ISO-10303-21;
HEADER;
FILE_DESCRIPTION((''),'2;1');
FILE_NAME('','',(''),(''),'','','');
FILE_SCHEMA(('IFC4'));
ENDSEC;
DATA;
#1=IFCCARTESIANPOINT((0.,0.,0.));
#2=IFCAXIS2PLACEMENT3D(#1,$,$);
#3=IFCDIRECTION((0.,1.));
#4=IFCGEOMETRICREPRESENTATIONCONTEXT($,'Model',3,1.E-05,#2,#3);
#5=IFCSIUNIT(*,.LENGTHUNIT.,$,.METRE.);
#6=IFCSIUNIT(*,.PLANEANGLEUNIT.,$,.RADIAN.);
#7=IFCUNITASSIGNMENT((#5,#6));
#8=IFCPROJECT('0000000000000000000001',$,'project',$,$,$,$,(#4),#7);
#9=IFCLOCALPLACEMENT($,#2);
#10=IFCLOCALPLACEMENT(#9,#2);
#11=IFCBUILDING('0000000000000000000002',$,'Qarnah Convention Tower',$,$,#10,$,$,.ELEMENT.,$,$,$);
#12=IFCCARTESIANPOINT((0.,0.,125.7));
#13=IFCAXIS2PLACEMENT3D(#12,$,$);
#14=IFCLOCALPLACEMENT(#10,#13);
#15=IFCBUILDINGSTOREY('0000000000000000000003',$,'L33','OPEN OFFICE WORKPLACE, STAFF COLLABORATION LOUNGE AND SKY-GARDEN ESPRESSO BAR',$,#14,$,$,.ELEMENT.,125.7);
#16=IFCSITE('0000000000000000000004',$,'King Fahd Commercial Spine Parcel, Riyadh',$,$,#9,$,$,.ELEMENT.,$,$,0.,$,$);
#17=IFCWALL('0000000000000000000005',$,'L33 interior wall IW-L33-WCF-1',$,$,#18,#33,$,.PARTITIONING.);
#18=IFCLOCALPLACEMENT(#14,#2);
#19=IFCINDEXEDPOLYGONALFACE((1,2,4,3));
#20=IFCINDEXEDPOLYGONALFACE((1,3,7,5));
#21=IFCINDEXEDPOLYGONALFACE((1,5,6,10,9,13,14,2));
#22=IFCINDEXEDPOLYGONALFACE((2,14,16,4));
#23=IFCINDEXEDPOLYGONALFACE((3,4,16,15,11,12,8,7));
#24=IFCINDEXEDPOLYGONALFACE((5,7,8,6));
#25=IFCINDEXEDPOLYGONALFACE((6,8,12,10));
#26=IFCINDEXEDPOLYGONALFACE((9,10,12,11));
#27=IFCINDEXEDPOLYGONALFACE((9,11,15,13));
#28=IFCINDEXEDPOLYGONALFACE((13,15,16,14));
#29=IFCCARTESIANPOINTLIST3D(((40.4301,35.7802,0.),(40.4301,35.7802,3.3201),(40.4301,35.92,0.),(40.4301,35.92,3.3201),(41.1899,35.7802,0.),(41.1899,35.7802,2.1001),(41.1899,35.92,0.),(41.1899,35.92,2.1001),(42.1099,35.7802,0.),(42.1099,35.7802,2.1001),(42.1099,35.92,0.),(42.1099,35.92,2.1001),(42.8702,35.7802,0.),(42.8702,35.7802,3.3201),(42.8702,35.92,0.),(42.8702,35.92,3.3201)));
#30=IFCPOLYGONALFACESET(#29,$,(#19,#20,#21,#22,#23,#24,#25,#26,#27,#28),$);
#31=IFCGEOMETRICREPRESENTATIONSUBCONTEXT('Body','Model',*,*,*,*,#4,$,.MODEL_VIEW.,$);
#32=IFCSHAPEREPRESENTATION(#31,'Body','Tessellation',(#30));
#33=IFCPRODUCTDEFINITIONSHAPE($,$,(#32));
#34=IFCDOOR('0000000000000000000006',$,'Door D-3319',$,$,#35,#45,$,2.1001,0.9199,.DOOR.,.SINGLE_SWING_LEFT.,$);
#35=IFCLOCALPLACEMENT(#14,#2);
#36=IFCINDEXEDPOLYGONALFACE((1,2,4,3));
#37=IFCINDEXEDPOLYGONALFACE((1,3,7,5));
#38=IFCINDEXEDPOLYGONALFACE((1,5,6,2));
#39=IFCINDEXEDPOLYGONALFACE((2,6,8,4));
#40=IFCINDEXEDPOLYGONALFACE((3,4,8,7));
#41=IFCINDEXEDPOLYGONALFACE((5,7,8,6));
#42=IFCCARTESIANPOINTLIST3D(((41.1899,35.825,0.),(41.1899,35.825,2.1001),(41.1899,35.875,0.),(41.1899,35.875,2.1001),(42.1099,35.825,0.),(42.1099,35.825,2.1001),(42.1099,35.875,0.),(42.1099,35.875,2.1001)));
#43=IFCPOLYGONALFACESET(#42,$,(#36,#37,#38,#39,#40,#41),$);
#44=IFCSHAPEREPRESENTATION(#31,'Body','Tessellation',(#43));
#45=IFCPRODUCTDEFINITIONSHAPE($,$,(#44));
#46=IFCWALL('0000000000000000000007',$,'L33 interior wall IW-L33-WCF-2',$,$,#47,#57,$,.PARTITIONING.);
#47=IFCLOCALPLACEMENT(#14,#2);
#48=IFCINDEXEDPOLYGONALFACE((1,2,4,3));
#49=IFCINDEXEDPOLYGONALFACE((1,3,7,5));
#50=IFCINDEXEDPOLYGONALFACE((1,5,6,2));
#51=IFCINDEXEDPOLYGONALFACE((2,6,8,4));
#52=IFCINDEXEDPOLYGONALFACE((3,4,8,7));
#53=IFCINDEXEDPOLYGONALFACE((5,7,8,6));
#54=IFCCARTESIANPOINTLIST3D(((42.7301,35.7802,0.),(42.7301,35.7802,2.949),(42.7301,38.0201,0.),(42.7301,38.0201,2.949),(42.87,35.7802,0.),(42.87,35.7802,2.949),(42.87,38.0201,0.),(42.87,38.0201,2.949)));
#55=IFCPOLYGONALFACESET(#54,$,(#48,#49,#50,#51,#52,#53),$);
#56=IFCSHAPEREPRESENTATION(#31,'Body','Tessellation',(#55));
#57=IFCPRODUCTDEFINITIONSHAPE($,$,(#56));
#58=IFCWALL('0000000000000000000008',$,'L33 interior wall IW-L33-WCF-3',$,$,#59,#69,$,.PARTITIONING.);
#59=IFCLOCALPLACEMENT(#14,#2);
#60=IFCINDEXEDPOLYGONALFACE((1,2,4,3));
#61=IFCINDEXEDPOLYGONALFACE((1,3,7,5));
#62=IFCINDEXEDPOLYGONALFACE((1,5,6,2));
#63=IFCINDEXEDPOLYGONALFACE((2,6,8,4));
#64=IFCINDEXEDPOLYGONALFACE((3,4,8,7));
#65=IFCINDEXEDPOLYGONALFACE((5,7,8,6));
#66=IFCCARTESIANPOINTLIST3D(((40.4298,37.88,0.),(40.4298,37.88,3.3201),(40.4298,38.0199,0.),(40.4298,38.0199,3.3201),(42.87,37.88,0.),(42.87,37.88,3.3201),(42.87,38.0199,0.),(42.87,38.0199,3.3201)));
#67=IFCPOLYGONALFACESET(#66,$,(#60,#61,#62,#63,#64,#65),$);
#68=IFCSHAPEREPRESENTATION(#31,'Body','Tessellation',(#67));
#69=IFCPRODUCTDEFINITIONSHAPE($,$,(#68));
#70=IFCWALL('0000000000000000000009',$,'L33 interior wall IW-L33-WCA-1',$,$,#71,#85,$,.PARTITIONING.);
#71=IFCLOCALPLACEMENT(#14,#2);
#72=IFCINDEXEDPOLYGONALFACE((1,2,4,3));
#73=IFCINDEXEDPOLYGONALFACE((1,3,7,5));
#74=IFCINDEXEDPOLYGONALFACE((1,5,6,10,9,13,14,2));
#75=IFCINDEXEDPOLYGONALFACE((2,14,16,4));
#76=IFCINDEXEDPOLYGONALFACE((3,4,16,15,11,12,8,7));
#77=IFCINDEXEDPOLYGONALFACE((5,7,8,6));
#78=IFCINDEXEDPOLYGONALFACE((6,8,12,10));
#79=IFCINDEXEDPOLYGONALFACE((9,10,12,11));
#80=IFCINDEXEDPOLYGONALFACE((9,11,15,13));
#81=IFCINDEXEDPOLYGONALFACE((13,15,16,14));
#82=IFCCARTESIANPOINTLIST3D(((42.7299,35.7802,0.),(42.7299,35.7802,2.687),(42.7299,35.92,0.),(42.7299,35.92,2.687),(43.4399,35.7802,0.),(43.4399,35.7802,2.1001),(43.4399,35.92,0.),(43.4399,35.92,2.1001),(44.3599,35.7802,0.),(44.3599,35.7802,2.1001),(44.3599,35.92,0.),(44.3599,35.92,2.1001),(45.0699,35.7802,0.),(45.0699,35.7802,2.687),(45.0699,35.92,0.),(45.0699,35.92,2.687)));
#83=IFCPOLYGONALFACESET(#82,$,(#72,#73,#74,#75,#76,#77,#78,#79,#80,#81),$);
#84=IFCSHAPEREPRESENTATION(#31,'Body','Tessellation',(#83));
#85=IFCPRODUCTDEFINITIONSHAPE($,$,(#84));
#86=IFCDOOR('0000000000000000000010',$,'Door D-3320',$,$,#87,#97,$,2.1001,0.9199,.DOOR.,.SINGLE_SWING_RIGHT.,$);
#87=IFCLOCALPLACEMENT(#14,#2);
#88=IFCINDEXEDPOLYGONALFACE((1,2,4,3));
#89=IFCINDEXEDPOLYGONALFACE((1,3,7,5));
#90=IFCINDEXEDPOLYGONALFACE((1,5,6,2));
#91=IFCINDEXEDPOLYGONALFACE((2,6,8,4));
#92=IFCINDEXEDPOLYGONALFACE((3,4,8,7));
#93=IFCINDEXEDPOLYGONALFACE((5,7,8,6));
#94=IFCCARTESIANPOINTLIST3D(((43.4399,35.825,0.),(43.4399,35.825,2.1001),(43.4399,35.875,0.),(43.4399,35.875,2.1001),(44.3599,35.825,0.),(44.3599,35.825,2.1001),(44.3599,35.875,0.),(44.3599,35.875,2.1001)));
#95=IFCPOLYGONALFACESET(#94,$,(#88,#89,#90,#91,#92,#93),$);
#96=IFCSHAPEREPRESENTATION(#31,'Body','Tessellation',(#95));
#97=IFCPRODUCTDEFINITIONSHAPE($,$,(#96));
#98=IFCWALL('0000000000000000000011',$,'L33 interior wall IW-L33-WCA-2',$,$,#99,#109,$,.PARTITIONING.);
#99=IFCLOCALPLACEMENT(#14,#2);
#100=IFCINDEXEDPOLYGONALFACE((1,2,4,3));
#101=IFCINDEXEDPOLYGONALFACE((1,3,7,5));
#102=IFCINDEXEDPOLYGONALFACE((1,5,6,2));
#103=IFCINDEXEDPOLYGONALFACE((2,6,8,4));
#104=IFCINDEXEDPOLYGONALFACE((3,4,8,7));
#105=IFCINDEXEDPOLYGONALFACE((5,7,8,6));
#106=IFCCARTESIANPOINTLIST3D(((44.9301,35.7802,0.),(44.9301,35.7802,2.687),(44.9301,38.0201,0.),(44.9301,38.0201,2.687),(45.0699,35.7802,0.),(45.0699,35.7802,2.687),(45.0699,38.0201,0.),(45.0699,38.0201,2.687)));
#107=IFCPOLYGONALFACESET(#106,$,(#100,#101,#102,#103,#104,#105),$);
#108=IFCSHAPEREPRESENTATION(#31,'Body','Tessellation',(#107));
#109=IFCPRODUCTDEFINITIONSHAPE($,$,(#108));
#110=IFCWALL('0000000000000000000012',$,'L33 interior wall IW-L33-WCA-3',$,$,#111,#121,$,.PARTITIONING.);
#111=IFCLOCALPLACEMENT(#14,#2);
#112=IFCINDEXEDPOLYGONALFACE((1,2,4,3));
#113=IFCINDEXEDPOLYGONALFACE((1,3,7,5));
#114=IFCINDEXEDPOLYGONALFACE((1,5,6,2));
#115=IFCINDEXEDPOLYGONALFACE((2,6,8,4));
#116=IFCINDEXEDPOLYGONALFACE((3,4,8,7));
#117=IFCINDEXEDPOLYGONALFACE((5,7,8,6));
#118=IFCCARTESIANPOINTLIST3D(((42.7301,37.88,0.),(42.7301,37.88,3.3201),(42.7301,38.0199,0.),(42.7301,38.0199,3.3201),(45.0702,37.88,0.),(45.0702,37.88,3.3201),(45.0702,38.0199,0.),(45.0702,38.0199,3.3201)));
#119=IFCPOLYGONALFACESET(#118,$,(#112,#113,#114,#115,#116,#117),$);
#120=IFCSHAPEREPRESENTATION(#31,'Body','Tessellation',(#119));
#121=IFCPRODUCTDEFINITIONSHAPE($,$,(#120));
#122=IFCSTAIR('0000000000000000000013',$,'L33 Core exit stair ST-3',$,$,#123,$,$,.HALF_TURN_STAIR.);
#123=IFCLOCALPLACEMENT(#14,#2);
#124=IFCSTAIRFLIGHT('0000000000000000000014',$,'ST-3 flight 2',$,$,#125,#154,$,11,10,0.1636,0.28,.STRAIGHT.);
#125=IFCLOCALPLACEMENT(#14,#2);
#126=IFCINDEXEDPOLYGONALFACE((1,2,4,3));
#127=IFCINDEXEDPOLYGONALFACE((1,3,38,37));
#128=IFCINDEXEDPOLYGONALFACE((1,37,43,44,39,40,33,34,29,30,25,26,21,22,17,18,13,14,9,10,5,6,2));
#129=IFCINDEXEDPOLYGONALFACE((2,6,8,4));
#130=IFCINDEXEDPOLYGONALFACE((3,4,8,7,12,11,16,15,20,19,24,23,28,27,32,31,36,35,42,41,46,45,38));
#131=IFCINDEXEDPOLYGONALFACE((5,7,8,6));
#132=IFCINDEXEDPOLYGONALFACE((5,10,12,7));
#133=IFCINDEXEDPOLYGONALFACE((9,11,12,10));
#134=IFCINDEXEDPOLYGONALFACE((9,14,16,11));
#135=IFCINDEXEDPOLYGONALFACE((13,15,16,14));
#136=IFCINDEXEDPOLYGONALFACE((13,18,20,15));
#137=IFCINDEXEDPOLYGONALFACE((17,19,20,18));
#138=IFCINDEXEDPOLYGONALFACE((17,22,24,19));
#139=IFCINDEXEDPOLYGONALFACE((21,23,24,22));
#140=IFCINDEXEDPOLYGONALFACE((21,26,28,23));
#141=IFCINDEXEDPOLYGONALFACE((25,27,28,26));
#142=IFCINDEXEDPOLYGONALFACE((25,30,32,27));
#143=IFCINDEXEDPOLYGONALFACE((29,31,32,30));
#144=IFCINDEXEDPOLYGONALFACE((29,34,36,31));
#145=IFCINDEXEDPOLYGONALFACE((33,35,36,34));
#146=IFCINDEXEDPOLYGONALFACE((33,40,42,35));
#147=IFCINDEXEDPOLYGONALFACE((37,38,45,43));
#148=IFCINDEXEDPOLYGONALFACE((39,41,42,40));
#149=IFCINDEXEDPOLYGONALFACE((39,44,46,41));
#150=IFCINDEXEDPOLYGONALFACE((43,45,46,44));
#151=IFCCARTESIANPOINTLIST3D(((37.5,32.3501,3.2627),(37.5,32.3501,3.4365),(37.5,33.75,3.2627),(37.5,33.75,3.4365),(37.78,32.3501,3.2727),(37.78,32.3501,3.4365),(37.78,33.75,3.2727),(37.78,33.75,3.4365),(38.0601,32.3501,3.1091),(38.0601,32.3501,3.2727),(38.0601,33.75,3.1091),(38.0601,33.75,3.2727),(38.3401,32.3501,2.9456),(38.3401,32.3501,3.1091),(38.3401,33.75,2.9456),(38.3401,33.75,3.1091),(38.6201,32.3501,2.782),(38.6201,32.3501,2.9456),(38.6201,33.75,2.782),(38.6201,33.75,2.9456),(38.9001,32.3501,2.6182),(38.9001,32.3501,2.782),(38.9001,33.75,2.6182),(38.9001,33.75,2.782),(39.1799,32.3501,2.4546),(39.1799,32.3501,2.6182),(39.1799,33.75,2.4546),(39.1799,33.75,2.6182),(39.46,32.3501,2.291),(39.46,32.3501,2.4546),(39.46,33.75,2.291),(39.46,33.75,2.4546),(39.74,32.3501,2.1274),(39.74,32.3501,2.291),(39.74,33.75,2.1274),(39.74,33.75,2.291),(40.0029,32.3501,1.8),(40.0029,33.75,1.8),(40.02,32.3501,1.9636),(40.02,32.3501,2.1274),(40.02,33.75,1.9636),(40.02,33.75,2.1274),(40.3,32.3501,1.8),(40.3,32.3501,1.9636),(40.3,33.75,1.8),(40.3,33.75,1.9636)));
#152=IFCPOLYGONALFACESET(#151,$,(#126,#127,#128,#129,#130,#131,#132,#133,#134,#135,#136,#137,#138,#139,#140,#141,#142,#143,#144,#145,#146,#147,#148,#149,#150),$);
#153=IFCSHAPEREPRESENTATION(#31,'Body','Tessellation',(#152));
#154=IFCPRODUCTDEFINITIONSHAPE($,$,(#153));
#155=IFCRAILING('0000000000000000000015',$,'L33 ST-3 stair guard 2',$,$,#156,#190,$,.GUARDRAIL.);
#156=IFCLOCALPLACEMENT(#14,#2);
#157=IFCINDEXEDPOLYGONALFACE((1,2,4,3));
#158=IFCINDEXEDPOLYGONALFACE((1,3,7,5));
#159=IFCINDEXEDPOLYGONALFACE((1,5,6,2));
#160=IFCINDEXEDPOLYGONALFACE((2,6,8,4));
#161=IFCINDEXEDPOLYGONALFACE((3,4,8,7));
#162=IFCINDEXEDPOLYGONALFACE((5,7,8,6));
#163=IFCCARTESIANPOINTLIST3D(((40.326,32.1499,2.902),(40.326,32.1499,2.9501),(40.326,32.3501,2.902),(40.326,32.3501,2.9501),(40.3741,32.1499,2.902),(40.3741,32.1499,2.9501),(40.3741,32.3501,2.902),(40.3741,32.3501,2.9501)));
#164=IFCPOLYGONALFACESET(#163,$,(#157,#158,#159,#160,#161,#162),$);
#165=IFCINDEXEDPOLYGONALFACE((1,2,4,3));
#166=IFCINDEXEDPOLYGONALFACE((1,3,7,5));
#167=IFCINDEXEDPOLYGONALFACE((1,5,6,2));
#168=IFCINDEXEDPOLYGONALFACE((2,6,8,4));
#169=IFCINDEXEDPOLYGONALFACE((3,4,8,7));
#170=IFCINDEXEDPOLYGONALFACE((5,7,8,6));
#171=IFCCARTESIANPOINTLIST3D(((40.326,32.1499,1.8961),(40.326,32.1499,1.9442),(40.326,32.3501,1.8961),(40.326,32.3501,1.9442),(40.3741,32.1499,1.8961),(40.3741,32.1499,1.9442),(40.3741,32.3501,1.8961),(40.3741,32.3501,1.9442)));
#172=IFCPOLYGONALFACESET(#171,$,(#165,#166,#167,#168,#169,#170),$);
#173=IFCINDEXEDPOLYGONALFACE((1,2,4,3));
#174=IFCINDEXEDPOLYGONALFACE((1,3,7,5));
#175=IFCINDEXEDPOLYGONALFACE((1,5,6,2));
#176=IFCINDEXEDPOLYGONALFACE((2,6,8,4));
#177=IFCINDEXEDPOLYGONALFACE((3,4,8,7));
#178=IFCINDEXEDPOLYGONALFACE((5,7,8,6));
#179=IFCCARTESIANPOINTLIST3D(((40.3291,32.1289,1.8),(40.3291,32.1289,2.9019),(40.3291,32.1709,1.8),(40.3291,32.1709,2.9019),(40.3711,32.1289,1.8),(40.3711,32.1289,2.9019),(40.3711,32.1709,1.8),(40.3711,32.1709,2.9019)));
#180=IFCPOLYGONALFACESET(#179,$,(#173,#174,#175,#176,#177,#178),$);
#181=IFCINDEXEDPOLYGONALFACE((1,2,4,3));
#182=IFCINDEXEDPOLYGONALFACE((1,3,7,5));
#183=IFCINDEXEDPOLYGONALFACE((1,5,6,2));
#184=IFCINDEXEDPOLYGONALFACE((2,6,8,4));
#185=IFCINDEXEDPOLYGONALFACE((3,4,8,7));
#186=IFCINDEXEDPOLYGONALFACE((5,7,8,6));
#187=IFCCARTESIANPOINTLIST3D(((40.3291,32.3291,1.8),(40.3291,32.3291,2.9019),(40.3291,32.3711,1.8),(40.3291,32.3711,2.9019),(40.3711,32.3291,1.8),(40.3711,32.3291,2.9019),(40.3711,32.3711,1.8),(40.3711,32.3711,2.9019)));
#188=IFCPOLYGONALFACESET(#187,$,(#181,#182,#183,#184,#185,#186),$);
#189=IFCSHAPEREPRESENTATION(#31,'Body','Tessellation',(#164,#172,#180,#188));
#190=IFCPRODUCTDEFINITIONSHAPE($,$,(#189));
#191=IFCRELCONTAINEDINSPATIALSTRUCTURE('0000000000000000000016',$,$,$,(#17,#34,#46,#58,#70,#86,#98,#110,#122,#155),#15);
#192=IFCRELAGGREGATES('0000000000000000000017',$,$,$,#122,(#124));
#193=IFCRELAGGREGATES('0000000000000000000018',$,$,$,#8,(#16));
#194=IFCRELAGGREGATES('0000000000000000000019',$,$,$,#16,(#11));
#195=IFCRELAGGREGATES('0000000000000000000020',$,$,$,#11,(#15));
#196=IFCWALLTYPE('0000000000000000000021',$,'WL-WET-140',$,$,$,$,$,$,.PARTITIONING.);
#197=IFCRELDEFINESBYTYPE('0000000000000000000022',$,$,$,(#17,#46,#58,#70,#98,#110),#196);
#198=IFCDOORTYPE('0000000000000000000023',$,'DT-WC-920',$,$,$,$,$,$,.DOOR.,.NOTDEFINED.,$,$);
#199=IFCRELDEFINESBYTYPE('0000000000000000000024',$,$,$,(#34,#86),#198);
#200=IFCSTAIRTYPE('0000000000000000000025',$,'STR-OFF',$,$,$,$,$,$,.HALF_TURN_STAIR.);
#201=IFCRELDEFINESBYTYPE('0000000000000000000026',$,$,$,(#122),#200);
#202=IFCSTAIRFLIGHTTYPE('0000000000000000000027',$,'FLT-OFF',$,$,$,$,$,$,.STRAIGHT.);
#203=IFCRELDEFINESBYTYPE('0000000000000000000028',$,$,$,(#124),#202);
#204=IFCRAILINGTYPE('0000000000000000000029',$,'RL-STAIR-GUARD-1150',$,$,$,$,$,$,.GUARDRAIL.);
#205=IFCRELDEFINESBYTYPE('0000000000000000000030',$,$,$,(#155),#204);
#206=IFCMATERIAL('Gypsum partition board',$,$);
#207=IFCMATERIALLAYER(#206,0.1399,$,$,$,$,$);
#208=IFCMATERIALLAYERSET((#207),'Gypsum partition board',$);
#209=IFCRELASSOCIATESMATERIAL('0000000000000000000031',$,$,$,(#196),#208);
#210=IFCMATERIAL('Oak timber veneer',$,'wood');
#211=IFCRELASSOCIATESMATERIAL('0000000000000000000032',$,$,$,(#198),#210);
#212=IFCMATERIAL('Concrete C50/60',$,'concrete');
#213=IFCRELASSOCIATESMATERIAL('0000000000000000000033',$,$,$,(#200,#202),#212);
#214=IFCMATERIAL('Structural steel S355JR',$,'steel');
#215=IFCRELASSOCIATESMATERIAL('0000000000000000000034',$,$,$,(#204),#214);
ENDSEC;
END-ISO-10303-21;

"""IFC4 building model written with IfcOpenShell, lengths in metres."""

from ifc_helpers import new_model, si_unit, direction, frame, frame_2d, origin, origin_2d, place, context, subcontext, project, spatial, polyline, rectangle, outline, extrude, material, layer, layer_set, type_object, element, fill, aggregate, save


model = new_model("IFC4")

# Units and contexts
model_context = context("Model", 3, precision=1e-05, world=origin(), true_north=direction((0.0, 1.0)))
body_context = subcontext(model_context, "Body", "Model", "MODEL_VIEW")
ifc_project = project(units=[si_unit("LENGTHUNIT", "METRE"), si_unit("PLANEANGLEUNIT", "RADIAN")], contexts=[model_context])

# Site, building, storey
site_placement = place(None, origin())
site = spatial("IfcSite", under=ifc_project, at=site_placement, Name="King Fahd Commercial Spine Parcel, Riyadh", CompositionType="ELEMENT", RefElevation=0.0)
building_placement = place(site_placement, origin())
building = spatial("IfcBuilding", under=site, at=building_placement, Name="Qarnah Convention Tower", CompositionType="ELEMENT")
storey_placement = place(building_placement, frame((0.0, 0.0, 125.7)))
storey = spatial("IfcBuildingStorey", under=building, at=storey_placement, Name="L33", Description="OPEN OFFICE WORKPLACE, STAFF COLLABORATION LOUNGE AND SKY-GARDEN ESPRESSO BAR", CompositionType="ELEMENT", Elevation=125.7)

# Shared definitions
ifc_material_1 = material(Name="Structural steel S355JR", Category="steel")

# Shared definitions
ifc_material_2 = material(Name="Gypsum partition board")

# Shared definitions
ifc_layer_1 = layer(ifc_material_2, 0.1399)
ifc_layer_set_1 = layer_set([ifc_layer_1], Name="Gypsum partition board")
wall_type_1 = type_object("IfcWallType", Name="WL-WET-140", PredefinedType="PARTITIONING", material=ifc_layer_set_1)
ifc_material_3 = material(Name="Oak timber veneer", Category="wood")
door_type_1 = type_object("IfcDoorType", Name="DT-WC-920", OperationType="NOTDEFINED", PredefinedType="DOOR", material=ifc_material_3)

# Wall, opening, door
wall_1_placement = place(storey_placement, frame((40.4299, 35.8501, 0.0), z_axis=(0.0, 0.0, 1.0), x_axis=(1.0, 0.0, 0.0)))
wall_1 = element("IfcWall", 1, at=wall_1_placement, inside=storey, type_object=wall_type_1, Name="L33 interior wall IW-L33-WCF-1", PredefinedType="PARTITIONING", context=body_context, shape_type="SweptSolid", body=[
    extrude(rectangle(XDim=2.4402, YDim=0.1399, at=frame_2d((1.2202, 0.0))), origin(), (0.0, 0.0, 1.0), 3.3201),
])
opening_1_placement = place(wall_1_placement, frame((0.76, 0.0, 0.0)))
opening_1 = element("IfcOpeningElement", 2, at=opening_1_placement, cuts=wall_1, PredefinedType="OPENING", context=body_context, shape_type="SweptSolid", body=[
    extrude(rectangle(XDim=0.9199, YDim=2.1001, at=frame_2d((0.46, 1.05))), frame((0.0, 0.0798, 0.0), z_axis=(0.0, -1.0, 0.0), x_axis=(1.0, 0.0, 0.0)), (0.0, 0.0, 1.0), 0.1599),
])
door_1_placement = place(opening_1_placement, origin())
door_1 = element("IfcDoor", 3, at=door_1_placement, inside=storey, type_object=door_type_1, Name="Door D-3319", OperationType="SINGLE_SWING_LEFT", OverallHeight=2.1001, OverallWidth=0.9199, PredefinedType="DOOR", context=body_context, shape_type="SweptSolid", body=[
    extrude(rectangle(XDim=0.9199, YDim=2.1001, at=frame_2d((0.46, 1.05))), frame((0.0, 0.0249, 0.0), z_axis=(0.0, -1.0, 0.0), x_axis=(1.0, 0.0, 0.0)), (0.0, 0.0, 1.0), 0.05),
])
fill(opening_1, door_1)

# Walls
wall_2_placement = place(storey_placement, frame((42.8, 35.78, 0.0), z_axis=(0.0, 0.0, 1.0), x_axis=(0.0, 1.0, 0.0)))
element("IfcWall", 4, at=wall_2_placement, inside=storey, type_object=wall_type_1, Name="L33 interior wall IW-L33-WCF-2", PredefinedType="PARTITIONING", context=body_context, shape_type="SweptSolid", body=[
    extrude(rectangle(XDim=2.24, YDim=0.1399, at=frame_2d((1.1201, 0.0))), origin(), (0.0, 0.0, 1.0), 2.949),
])
wall_3_placement = place(storey_placement, frame((42.8701, 37.95, 0.0), z_axis=(0.0, 0.0, 1.0), x_axis=(-1.0, 0.0, 0.0)))
element("IfcWall", 5, at=wall_3_placement, inside=storey, type_object=wall_type_1, Name="L33 interior wall IW-L33-WCF-3", PredefinedType="PARTITIONING", context=body_context, shape_type="SweptSolid", body=[
    extrude(rectangle(XDim=2.4402, YDim=0.1399, at=frame_2d((1.2202, 0.0))), origin(), (0.0, 0.0, 1.0), 3.3201),
])

# Wall, opening, door
wall_4_placement = place(storey_placement, frame((42.73, 35.8501, 0.0), z_axis=(0.0, 0.0, 1.0), x_axis=(1.0, 0.0, 0.0)))
wall_4 = element("IfcWall", 6, at=wall_4_placement, inside=storey, type_object=wall_type_1, Name="L33 interior wall IW-L33-WCA-1", PredefinedType="PARTITIONING", context=body_context, shape_type="SweptSolid", body=[
    extrude(rectangle(XDim=2.3401, YDim=0.1399, at=frame_2d((1.1699, 0.0))), origin(), (0.0, 0.0, 1.0), 2.687),
])
opening_2_placement = place(wall_4_placement, frame((0.71, 0.0, 0.0)))
opening_2 = element("IfcOpeningElement", 7, at=opening_2_placement, cuts=wall_4, PredefinedType="OPENING", context=body_context, shape_type="SweptSolid", body=[
    extrude(rectangle(XDim=0.9199, YDim=2.1001, at=frame_2d((0.46, 1.05))), frame((0.0, 0.0798, 0.0), z_axis=(0.0, -1.0, 0.0), x_axis=(1.0, 0.0, 0.0)), (0.0, 0.0, 1.0), 0.1599),
])
door_2_placement = place(opening_2_placement, origin())
door_2 = element("IfcDoor", 8, at=door_2_placement, inside=storey, type_object=door_type_1, Name="Door D-3320", OperationType="SINGLE_SWING_RIGHT", OverallHeight=2.1001, OverallWidth=0.9199, PredefinedType="DOOR", context=body_context, shape_type="SweptSolid", body=[
    extrude(rectangle(XDim=0.9199, YDim=2.1001, at=frame_2d((0.46, 1.05))), frame((0.0, 0.0249, 0.0), z_axis=(0.0, -1.0, 0.0), x_axis=(1.0, 0.0, 0.0)), (0.0, 0.0, 1.0), 0.05),
])
fill(opening_2, door_2)

# Walls
wall_5_placement = place(storey_placement, frame((45.0, 35.78, 0.0), z_axis=(0.0, 0.0, 1.0), x_axis=(0.0, 1.0, 0.0)))
element("IfcWall", 9, at=wall_5_placement, inside=storey, type_object=wall_type_1, Name="L33 interior wall IW-L33-WCA-2", PredefinedType="PARTITIONING", context=body_context, shape_type="SweptSolid", body=[
    extrude(rectangle(XDim=2.24, YDim=0.1399, at=frame_2d((1.1201, 0.0))), origin(), (0.0, 0.0, 1.0), 2.687),
])
wall_6_placement = place(storey_placement, frame((45.0701, 37.95, 0.0), z_axis=(0.0, 0.0, 1.0), x_axis=(-1.0, 0.0, 0.0)))
element("IfcWall", 10, at=wall_6_placement, inside=storey, type_object=wall_type_1, Name="L33 interior wall IW-L33-WCA-3", PredefinedType="PARTITIONING", context=body_context, shape_type="SweptSolid", body=[
    extrude(rectangle(XDim=2.3401, YDim=0.1399, at=frame_2d((1.1699, 0.0))), origin(), (0.0, 0.0, 1.0), 3.3201),
])

# Stair, stair flight
ifc_material_4 = material(Name="Concrete C50/60", Category="concrete")
stair_type = type_object("IfcStairType", Name="STR-OFF", PredefinedType="HALF_TURN_STAIR", material=ifc_material_4)
stair_placement = place(storey_placement, origin())
stair = element("IfcStair", 11, at=stair_placement, inside=storey, type_object=stair_type, Name="L33 Core exit stair ST-3", PredefinedType="HALF_TURN_STAIR")
stair_flight_type = type_object("IfcStairFlightType", Name="FLT-OFF", PredefinedType="STRAIGHT", material=ifc_material_4)
stair_flight_placement = place(storey_placement, frame((40.3, 33.05, 1.8), z_axis=(0.0, 0.0, 1.0), x_axis=(-1.0, 0.0, 0.0)))
stair_flight = element("IfcStairFlight", 12, at=stair_flight_placement, type_object=stair_flight_type, Name="ST-3 flight 2", NumberOfRisers=11, NumberOfTreads=10, PredefinedType="STRAIGHT", RiserHeight=0.1636, TreadLength=0.28, context=body_context, shape_type="SweptSolid", body=[
    extrude(outline(polyline([(0.0, 0.0), (0.0, 0.1636), (0.28, 0.1636), (0.28, 0.3274), (0.5601, 0.3274), (0.5601, 0.491), (0.8401, 0.491), (0.8401, 0.6545), (1.1201, 0.6545), (1.1201, 0.8181), (1.3999, 0.8181), (1.3999, 0.9819), (1.6799, 0.9819), (1.6799, 1.1455), (1.96, 1.1455), (1.96, 1.3091), (2.24, 1.3091), (2.24, 1.4727), (2.52, 1.4727), (2.52, 1.6365), (2.8, 1.6365), (2.8, 1.8), (2.8, 1.4626), (0.2971, 0.0), (0.0, 0.0)])), frame((0.0, 0.7, 0.0), z_axis=(0.0, -1.0, 0.0), x_axis=(1.0, 0.0, 0.0)), (0.0, 0.0, 1.0), 1.3999),
])
aggregate(stair, [stair_flight])

# Railing
railing_type_1 = type_object("IfcRailingType", Name="RL-STAIR-GUARD-1150", PredefinedType="GUARDRAIL", material=ifc_material_1)
railing_1_placement = place(storey_placement, frame((40.3501, 32.1499, 1.8)))
element("IfcRailing", 13, at=railing_1_placement, inside=storey, type_object=railing_type_1, Name="L33 ST-3 stair guard 2", PredefinedType="GUARDRAIL", context=body_context, shape_type="SweptSolid", body=[
    extrude(rectangle(XDim=0.0481, YDim=0.0481, at=origin_2d()), frame((0.0, 0.0, 1.126), z_axis=(0.0, 1.0, 0.0), x_axis=(-1.0, 0.0, 0.0)), (0.0, 0.0, 1.0), 0.2002),
    extrude(rectangle(XDim=0.0481, YDim=0.0481, at=origin_2d()), frame((0.0, 0.0, 0.1201), z_axis=(0.0, 1.0, 0.0), x_axis=(-1.0, 0.0, 0.0)), (0.0, 0.0, 1.0), 0.2002),
    extrude(rectangle(XDim=0.042, YDim=0.042, at=origin_2d()), origin(), (0.0, 0.0, 1.0), 1.1018),
    extrude(rectangle(XDim=0.042, YDim=0.042, at=origin_2d()), frame((0.0, 0.2002, 0.0)), (0.0, 0.0, 1.0), 1.1018),
])

save(model, "model.ifc")
